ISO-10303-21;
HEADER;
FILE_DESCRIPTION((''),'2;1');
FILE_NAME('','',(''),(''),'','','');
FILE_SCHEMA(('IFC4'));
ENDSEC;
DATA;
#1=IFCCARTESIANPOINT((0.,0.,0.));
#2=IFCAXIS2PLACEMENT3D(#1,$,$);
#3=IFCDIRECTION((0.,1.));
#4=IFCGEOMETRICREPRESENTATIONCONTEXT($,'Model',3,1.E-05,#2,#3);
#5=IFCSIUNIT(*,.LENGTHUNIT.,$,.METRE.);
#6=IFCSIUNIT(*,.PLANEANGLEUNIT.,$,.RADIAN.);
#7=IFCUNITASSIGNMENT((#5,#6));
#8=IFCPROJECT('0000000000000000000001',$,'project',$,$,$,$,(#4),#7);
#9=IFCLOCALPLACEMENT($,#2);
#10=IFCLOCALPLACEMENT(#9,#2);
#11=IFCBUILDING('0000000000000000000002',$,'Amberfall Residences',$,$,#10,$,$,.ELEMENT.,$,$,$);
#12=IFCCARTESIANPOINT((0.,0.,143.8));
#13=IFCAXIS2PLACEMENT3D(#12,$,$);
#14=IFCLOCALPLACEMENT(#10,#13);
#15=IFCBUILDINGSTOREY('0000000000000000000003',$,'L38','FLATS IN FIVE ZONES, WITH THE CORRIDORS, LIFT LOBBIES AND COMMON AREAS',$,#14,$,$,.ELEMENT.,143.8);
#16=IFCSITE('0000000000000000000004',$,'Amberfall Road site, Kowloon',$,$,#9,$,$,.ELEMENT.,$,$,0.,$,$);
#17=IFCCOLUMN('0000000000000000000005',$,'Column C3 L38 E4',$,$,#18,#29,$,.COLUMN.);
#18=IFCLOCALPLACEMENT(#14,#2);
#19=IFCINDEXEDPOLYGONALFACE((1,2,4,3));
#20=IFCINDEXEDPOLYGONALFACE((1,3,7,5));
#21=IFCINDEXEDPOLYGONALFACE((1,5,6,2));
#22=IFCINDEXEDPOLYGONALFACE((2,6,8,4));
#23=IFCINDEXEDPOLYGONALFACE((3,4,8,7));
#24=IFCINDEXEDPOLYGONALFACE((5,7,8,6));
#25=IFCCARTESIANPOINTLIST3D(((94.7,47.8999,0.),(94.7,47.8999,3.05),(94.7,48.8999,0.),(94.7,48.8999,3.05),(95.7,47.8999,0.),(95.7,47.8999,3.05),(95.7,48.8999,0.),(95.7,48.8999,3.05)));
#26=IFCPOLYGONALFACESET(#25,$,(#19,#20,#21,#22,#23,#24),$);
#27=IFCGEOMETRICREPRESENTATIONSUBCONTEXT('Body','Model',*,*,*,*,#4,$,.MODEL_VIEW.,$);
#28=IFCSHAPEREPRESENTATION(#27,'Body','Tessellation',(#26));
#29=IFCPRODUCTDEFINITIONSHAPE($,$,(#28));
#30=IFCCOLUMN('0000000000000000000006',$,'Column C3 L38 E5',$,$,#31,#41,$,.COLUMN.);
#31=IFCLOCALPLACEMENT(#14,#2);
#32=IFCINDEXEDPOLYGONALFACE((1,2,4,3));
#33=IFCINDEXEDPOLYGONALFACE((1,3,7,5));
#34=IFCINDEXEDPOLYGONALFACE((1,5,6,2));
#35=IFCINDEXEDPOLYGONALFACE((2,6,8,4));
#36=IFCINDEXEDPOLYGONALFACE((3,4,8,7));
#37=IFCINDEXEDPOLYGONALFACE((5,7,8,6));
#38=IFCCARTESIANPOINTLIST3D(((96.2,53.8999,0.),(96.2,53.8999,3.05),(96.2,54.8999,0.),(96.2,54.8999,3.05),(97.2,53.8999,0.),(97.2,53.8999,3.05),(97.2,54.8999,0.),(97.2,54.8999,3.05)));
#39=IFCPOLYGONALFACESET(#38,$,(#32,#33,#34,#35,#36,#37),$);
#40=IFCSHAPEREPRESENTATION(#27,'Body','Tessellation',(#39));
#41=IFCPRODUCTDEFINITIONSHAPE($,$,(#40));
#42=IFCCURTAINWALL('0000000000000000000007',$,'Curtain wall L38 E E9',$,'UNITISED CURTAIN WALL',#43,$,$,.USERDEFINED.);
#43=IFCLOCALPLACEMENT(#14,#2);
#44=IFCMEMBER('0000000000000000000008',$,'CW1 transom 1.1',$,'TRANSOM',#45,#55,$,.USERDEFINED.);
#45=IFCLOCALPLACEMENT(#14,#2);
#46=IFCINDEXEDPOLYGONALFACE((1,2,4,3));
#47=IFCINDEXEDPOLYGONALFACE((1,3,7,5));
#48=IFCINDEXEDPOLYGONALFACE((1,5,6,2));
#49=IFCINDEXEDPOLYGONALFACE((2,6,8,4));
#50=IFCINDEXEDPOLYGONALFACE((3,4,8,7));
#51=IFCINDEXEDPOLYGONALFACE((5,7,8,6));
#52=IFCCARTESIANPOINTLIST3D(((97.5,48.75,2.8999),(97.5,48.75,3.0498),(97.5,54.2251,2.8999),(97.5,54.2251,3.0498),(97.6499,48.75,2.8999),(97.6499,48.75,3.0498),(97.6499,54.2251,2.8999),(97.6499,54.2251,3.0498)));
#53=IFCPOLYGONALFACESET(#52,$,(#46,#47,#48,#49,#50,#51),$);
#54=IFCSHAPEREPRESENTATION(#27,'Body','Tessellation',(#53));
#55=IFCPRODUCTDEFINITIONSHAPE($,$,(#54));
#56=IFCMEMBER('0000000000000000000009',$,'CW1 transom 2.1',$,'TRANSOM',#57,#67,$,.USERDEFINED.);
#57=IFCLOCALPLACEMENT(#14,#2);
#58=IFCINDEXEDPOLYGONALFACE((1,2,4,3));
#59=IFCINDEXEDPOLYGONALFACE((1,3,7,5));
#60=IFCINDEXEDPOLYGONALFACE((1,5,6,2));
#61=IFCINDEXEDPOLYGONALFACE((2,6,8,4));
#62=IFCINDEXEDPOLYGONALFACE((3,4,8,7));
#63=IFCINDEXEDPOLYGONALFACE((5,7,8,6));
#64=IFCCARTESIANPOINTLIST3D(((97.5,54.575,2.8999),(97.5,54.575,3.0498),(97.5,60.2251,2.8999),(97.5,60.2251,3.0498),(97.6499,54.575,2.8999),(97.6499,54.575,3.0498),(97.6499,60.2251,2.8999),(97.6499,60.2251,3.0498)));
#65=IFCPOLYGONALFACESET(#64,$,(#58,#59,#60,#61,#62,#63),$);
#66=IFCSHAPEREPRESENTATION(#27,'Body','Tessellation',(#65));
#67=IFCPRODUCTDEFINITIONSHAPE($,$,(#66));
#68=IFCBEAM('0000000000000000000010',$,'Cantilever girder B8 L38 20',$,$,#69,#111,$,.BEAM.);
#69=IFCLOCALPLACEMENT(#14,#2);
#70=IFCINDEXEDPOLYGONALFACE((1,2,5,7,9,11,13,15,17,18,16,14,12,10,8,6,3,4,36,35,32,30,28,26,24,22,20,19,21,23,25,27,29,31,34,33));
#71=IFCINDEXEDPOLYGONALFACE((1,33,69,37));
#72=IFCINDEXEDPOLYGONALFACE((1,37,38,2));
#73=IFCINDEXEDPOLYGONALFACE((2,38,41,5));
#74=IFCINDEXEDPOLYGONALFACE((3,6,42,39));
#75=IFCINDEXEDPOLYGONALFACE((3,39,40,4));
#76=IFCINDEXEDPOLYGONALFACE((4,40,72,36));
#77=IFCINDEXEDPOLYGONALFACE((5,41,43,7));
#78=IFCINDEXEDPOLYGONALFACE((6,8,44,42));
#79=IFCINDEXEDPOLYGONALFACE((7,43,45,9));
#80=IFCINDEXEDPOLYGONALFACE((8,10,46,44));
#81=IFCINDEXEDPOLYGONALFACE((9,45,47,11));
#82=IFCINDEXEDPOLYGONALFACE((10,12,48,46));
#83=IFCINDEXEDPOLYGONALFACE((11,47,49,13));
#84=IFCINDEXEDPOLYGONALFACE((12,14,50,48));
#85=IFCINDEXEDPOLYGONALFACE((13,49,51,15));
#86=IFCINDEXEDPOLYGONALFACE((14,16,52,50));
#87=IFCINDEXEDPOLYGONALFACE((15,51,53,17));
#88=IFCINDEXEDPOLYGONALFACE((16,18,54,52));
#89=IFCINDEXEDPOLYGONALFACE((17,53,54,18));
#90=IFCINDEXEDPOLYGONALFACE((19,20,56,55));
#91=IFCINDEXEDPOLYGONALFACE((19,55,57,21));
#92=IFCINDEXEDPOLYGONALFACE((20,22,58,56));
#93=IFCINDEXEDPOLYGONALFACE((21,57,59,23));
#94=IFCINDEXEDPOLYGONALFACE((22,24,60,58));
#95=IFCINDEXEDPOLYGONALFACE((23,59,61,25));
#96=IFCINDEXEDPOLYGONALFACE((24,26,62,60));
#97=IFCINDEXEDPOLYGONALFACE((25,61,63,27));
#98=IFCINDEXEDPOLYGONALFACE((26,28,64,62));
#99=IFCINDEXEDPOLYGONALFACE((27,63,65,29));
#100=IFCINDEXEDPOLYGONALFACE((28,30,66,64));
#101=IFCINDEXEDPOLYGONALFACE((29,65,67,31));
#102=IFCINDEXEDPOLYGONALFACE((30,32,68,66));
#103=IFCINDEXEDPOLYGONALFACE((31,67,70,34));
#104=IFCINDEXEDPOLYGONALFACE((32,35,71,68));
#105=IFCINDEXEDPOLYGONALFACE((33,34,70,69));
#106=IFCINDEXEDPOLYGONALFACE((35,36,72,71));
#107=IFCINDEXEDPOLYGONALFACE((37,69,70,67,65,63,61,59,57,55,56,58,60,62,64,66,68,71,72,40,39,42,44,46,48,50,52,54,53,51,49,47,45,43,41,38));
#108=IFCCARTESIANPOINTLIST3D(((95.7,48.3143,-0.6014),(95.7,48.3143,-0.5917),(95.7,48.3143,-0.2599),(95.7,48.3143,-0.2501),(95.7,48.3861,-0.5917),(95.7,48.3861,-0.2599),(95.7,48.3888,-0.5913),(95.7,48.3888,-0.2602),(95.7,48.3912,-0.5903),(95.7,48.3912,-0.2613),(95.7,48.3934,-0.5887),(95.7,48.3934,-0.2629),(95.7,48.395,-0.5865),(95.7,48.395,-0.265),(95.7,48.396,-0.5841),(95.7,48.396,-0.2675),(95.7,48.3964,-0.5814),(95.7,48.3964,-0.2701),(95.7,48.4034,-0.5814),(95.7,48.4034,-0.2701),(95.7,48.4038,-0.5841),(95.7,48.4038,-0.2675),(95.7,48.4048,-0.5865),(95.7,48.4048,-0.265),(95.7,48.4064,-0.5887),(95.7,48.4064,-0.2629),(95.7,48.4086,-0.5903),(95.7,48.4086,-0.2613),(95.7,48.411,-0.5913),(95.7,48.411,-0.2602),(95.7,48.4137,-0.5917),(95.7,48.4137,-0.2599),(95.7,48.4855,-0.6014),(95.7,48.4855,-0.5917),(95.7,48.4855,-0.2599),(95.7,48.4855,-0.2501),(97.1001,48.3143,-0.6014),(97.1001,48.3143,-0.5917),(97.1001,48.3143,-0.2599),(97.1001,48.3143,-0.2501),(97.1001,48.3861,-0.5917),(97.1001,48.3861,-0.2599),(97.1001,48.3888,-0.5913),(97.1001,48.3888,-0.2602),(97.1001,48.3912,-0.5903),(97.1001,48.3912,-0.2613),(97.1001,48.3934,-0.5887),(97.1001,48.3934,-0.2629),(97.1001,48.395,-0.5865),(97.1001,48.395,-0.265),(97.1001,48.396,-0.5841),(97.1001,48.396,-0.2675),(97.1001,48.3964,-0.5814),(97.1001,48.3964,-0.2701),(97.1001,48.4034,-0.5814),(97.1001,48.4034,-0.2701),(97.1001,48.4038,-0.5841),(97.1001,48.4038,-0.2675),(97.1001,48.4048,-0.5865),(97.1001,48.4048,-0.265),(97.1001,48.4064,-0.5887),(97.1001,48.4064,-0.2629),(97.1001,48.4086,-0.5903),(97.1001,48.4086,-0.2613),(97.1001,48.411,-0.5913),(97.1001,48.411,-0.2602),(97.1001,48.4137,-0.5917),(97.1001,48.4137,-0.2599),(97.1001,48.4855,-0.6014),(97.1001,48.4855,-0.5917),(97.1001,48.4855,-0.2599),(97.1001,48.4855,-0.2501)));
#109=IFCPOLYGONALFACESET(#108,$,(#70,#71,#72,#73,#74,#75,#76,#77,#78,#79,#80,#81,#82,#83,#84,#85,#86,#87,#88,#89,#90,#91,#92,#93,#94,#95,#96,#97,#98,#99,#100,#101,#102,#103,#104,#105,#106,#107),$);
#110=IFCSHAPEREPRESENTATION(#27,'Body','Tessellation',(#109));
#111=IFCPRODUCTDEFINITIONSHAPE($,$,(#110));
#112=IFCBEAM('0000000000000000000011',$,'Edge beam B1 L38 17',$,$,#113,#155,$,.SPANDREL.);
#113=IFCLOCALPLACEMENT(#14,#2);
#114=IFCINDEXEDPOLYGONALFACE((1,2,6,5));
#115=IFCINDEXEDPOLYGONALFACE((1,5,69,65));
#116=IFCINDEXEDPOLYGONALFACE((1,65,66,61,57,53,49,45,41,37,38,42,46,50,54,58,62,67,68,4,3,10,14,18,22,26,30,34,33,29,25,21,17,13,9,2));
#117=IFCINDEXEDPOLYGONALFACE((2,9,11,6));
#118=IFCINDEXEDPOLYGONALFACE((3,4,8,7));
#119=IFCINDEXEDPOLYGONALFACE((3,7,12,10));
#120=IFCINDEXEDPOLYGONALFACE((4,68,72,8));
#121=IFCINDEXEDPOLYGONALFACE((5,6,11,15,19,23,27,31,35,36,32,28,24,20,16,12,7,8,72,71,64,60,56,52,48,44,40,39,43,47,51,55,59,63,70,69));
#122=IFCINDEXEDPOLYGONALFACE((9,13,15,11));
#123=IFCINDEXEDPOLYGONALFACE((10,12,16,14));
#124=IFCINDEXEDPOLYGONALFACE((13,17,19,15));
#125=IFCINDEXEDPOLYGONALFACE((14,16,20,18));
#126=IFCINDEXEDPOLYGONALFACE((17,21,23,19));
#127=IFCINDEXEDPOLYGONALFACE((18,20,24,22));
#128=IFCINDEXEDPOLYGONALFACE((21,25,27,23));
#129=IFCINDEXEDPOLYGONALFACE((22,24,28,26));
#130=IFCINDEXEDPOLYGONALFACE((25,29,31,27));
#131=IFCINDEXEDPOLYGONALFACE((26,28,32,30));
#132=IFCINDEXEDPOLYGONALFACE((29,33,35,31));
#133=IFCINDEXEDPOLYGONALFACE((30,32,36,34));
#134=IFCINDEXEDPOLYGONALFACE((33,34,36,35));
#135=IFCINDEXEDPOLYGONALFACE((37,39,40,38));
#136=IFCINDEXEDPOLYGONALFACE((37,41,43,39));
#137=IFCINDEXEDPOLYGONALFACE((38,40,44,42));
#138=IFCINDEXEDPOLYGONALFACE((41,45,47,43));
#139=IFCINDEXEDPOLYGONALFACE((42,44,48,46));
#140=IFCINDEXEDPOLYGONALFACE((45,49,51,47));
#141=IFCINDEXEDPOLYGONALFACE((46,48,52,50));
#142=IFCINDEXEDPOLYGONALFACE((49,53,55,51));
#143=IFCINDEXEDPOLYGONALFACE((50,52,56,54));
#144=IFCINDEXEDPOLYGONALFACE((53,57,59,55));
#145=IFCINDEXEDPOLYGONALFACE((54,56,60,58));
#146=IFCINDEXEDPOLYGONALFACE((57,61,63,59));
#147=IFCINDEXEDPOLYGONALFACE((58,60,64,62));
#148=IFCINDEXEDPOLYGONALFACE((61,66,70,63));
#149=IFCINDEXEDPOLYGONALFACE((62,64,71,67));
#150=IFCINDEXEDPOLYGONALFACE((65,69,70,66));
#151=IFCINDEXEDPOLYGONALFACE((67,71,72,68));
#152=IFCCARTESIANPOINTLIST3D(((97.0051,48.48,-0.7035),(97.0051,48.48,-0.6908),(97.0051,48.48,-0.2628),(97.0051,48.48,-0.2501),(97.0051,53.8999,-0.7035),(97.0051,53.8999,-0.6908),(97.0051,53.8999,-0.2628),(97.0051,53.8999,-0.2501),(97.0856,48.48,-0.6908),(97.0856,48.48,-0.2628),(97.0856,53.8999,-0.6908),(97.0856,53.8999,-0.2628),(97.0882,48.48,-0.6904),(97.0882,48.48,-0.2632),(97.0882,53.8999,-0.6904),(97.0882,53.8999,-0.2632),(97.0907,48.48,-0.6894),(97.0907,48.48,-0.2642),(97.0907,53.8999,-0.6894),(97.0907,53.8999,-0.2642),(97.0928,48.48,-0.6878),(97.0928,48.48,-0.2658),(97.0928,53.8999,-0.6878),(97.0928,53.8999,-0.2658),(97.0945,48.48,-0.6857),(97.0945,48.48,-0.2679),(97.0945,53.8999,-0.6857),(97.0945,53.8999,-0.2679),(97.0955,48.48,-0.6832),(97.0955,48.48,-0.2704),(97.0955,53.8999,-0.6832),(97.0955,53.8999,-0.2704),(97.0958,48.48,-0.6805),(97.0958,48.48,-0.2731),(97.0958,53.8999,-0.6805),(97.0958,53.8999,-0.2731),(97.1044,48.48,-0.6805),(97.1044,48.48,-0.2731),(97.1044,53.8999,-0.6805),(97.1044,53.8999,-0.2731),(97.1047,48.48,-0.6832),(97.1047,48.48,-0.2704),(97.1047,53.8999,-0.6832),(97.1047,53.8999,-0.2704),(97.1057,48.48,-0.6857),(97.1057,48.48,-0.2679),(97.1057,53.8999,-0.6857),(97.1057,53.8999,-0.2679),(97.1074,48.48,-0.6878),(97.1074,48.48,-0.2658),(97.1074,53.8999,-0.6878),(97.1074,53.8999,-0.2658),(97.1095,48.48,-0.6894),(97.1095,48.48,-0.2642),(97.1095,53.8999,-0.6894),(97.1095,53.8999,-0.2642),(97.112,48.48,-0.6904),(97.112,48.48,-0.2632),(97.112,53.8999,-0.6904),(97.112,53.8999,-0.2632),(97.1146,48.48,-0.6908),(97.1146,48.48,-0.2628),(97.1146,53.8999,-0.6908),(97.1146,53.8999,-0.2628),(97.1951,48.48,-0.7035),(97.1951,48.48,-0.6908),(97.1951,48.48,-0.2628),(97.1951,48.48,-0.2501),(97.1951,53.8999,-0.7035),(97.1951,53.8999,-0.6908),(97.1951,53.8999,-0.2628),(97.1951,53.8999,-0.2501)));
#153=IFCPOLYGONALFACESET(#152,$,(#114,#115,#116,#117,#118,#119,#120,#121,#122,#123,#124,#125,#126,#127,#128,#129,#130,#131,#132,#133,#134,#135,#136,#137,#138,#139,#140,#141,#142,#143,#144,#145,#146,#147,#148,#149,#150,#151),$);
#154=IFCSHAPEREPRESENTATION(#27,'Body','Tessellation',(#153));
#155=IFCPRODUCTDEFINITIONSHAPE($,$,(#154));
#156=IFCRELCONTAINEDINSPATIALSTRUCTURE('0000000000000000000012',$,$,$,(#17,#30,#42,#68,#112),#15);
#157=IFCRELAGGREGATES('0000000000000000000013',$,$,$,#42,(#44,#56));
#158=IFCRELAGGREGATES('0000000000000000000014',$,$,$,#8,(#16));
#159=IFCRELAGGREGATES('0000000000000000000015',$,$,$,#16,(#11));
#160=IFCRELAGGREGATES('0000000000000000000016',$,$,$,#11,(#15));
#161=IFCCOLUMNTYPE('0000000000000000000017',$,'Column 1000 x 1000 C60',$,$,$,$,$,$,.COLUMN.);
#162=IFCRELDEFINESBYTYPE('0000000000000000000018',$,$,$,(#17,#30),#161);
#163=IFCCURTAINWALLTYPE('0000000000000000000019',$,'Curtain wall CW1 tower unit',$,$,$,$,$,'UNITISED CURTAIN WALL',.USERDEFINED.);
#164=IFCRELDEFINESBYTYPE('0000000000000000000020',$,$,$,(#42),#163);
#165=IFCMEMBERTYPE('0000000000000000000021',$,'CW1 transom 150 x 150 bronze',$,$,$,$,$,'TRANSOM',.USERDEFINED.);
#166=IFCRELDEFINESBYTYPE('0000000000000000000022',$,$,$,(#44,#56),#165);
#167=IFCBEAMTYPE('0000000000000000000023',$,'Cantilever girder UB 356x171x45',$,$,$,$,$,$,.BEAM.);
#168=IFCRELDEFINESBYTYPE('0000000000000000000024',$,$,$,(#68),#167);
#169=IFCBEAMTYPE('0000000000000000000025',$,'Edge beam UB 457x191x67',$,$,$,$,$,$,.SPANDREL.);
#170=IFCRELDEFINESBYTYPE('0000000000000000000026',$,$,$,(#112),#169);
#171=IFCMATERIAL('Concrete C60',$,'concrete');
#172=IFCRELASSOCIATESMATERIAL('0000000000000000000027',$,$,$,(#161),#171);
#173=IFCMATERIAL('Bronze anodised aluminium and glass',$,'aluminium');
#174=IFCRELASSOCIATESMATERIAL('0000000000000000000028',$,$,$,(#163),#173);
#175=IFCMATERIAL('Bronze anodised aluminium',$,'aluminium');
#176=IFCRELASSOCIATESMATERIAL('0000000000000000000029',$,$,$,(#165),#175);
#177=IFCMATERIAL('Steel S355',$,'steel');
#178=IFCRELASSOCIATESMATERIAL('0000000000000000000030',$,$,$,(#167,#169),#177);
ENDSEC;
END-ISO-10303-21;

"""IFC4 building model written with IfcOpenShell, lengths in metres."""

from ifc_helpers import new_model, si_unit, direction, frame, origin, origin_2d, place, context, subcontext, project, spatial, rectangle, i_section, extrude, material, material_profile, profile_set, type_object, element, aggregate, save


model = new_model("IFC4")

# Units and contexts
model_context = context("Model", 3, precision=1e-05, world=origin(), true_north=direction((0.0, 1.0)))
body_context = subcontext(model_context, "Body", "Model", "MODEL_VIEW")
ifc_project = project(units=[si_unit("LENGTHUNIT", "METRE"), si_unit("PLANEANGLEUNIT", "RADIAN")], contexts=[model_context])

# Site, building, storey
site_placement = place(None, origin())
site = spatial("IfcSite", under=ifc_project, at=site_placement, Name="Amberfall Road site, Kowloon", CompositionType="ELEMENT", RefElevation=0.0)
building_placement = place(site_placement, origin())
building = spatial("IfcBuilding", under=site, at=building_placement, Name="Amberfall Residences", CompositionType="ELEMENT")
storey_placement = place(building_placement, frame((0.0, 0.0, 143.8)))
storey = spatial("IfcBuildingStorey", under=building, at=storey_placement, Name="L38", Description="FLATS IN FIVE ZONES, WITH THE CORRIDORS, LIFT LOBBIES AND COMMON AREAS", CompositionType="ELEMENT", Elevation=143.8)

# Columns
ifc_material_1 = material(Name="Concrete C60", Category="concrete")
ifc_material_profile_1 = material_profile(ifc_material_1, rectangle(XDim=1.0, YDim=1.0, at=origin_2d()), Name="Column 1000 x 1000 C60")
ifc_profile_set_1 = profile_set([ifc_material_profile_1], Name="Concrete C60")
column_type = type_object("IfcColumnType", Name="Column 1000 x 1000 C60", PredefinedType="COLUMN", material=ifc_profile_set_1)
for number, where, z_axis, x_axis, name in (
    (1, (95.2, 48.3999, 0.0), (0.0, 0.0, 1.0), (1.0, 0.0, 0.0), "Column C3 L38 E4"),
    (2, (96.7, 54.3999, 0.0), (0.0, 0.0, 1.0), (1.0, 0.0, 0.0), "Column C3 L38 E5"),
):
    element("IfcColumn", number, at=place(storey_placement, frame(where, z_axis=z_axis, x_axis=x_axis)), inside=storey, type_object=column_type, Name=name, PredefinedType="COLUMN", context=body_context, shape_type="SweptSolid", body=[
        extrude(rectangle(XDim=1.0, YDim=1.0, at=origin_2d()), origin(), (0.0, 0.0, 1.0), 3.05),
    ])

# Curtain wall, members
ifc_material_2 = material(Name="Bronze anodised aluminium and glass", Category="aluminium")
curtain_wall_type = type_object("IfcCurtainWallType", Name="Curtain wall CW1 tower unit", ElementType="UNITISED CURTAIN WALL", PredefinedType="USERDEFINED", material=ifc_material_2)
curtain_wall_placement = place(storey_placement, origin())
curtain_wall = element("IfcCurtainWall", 3, at=curtain_wall_placement, inside=storey, type_object=curtain_wall_type, Name="Curtain wall L38 E E9", ObjectType="UNITISED CURTAIN WALL", PredefinedType="USERDEFINED")
ifc_material_3 = material(Name="Bronze anodised aluminium", Category="aluminium")
ifc_material_profile_2 = material_profile(ifc_material_3, rectangle(XDim=0.1499, YDim=0.1499, at=origin_2d()), Name="CW1 transom 150 x 150 bronze")
ifc_profile_set_2 = profile_set([ifc_material_profile_2], Name="Bronze anodised aluminium")
member_type_1 = type_object("IfcMemberType", Name="CW1 transom 150 x 150 bronze", ElementType="TRANSOM", PredefinedType="USERDEFINED", material=ifc_profile_set_2)
member_1_placement = place(storey_placement, frame((97.575, 48.75, 2.9749), z_axis=(0.0, 1.0, 0.0), x_axis=(-1.0, 0.0, 0.0)))
member_1 = element("IfcMember", 4, at=member_1_placement, type_object=member_type_1, Name="CW1 transom 1.1", ObjectType="TRANSOM", PredefinedType="USERDEFINED", context=body_context, shape_type="SweptSolid", body=[
    extrude(rectangle(XDim=0.1499, YDim=0.1499, at=origin_2d()), origin(), (0.0, 0.0, 1.0), 5.4751),
])
member_2_placement = place(storey_placement, frame((97.575, 54.575, 2.9749), z_axis=(0.0, 1.0, 0.0), x_axis=(-1.0, 0.0, 0.0)))
member_2 = element("IfcMember", 5, at=member_2_placement, type_object=member_type_1, Name="CW1 transom 2.1", ObjectType="TRANSOM", PredefinedType="USERDEFINED", context=body_context, shape_type="SweptSolid", body=[
    extrude(rectangle(XDim=0.1499, YDim=0.1499, at=origin_2d()), origin(), (0.0, 0.0, 1.0), 5.6501),
])

# Beams
ifc_material_4 = material(Name="Steel S355", Category="steel")
ifc_material_profile_3 = material_profile(ifc_material_4, i_section(OverallWidth=0.1711, OverallDepth=0.3513, WebThickness=0.0071, FlangeThickness=0.0098, FilletRadius=0.0103, at=origin_2d()), Name="UB 356x171x45")
ifc_profile_set_3 = profile_set([ifc_material_profile_3], Name="Steel S355")
beam_type_1 = type_object("IfcBeamType", Name="Cantilever girder UB 356x171x45", PredefinedType="BEAM", material=ifc_profile_set_3)
beam_1_placement = place(storey_placement, frame((95.7, 48.3999, -0.4258), z_axis=(1.0, 0.0, 0.0), x_axis=(0.0, 1.0, 0.0)))
element("IfcBeam", 6, at=beam_1_placement, inside=storey, type_object=beam_type_1, Name="Cantilever girder B8 L38 20", PredefinedType="BEAM", context=body_context, shape_type="SweptSolid", body=[
    extrude(i_section(OverallWidth=0.1711, OverallDepth=0.3513, WebThickness=0.0071, FlangeThickness=0.0098, FilletRadius=0.0103, at=origin_2d()), origin(), (0.0, 0.0, 1.0), 1.4001),
])
ifc_material_profile_4 = material_profile(ifc_material_4, i_section(OverallWidth=0.1899, OverallDepth=0.4534, WebThickness=0.0085, FlangeThickness=0.0127, FilletRadius=0.0103, at=origin_2d()), Name="UB 457x191x67")
ifc_profile_set_4 = profile_set([ifc_material_profile_4], Name="Steel S355")
beam_type_2 = type_object("IfcBeamType", Name="Edge beam UB 457x191x67", PredefinedType="SPANDREL", material=ifc_profile_set_4)
beam_2_placement = place(storey_placement, frame((97.1001, 48.48, -0.4768), z_axis=(0.0, 1.0, 0.0), x_axis=(-1.0, 0.0, 0.0)))
element("IfcBeam", 7, at=beam_2_placement, inside=storey, type_object=beam_type_2, Name="Edge beam B1 L38 17", PredefinedType="SPANDREL", context=body_context, shape_type="SweptSolid", body=[
    extrude(i_section(OverallWidth=0.1899, OverallDepth=0.4534, WebThickness=0.0085, FlangeThickness=0.0127, FilletRadius=0.0103, at=origin_2d()), origin(), (0.0, 0.0, 1.0), 5.4199),
])

aggregate(curtain_wall, [member_1, member_2])

save(model, "model.ifc")
